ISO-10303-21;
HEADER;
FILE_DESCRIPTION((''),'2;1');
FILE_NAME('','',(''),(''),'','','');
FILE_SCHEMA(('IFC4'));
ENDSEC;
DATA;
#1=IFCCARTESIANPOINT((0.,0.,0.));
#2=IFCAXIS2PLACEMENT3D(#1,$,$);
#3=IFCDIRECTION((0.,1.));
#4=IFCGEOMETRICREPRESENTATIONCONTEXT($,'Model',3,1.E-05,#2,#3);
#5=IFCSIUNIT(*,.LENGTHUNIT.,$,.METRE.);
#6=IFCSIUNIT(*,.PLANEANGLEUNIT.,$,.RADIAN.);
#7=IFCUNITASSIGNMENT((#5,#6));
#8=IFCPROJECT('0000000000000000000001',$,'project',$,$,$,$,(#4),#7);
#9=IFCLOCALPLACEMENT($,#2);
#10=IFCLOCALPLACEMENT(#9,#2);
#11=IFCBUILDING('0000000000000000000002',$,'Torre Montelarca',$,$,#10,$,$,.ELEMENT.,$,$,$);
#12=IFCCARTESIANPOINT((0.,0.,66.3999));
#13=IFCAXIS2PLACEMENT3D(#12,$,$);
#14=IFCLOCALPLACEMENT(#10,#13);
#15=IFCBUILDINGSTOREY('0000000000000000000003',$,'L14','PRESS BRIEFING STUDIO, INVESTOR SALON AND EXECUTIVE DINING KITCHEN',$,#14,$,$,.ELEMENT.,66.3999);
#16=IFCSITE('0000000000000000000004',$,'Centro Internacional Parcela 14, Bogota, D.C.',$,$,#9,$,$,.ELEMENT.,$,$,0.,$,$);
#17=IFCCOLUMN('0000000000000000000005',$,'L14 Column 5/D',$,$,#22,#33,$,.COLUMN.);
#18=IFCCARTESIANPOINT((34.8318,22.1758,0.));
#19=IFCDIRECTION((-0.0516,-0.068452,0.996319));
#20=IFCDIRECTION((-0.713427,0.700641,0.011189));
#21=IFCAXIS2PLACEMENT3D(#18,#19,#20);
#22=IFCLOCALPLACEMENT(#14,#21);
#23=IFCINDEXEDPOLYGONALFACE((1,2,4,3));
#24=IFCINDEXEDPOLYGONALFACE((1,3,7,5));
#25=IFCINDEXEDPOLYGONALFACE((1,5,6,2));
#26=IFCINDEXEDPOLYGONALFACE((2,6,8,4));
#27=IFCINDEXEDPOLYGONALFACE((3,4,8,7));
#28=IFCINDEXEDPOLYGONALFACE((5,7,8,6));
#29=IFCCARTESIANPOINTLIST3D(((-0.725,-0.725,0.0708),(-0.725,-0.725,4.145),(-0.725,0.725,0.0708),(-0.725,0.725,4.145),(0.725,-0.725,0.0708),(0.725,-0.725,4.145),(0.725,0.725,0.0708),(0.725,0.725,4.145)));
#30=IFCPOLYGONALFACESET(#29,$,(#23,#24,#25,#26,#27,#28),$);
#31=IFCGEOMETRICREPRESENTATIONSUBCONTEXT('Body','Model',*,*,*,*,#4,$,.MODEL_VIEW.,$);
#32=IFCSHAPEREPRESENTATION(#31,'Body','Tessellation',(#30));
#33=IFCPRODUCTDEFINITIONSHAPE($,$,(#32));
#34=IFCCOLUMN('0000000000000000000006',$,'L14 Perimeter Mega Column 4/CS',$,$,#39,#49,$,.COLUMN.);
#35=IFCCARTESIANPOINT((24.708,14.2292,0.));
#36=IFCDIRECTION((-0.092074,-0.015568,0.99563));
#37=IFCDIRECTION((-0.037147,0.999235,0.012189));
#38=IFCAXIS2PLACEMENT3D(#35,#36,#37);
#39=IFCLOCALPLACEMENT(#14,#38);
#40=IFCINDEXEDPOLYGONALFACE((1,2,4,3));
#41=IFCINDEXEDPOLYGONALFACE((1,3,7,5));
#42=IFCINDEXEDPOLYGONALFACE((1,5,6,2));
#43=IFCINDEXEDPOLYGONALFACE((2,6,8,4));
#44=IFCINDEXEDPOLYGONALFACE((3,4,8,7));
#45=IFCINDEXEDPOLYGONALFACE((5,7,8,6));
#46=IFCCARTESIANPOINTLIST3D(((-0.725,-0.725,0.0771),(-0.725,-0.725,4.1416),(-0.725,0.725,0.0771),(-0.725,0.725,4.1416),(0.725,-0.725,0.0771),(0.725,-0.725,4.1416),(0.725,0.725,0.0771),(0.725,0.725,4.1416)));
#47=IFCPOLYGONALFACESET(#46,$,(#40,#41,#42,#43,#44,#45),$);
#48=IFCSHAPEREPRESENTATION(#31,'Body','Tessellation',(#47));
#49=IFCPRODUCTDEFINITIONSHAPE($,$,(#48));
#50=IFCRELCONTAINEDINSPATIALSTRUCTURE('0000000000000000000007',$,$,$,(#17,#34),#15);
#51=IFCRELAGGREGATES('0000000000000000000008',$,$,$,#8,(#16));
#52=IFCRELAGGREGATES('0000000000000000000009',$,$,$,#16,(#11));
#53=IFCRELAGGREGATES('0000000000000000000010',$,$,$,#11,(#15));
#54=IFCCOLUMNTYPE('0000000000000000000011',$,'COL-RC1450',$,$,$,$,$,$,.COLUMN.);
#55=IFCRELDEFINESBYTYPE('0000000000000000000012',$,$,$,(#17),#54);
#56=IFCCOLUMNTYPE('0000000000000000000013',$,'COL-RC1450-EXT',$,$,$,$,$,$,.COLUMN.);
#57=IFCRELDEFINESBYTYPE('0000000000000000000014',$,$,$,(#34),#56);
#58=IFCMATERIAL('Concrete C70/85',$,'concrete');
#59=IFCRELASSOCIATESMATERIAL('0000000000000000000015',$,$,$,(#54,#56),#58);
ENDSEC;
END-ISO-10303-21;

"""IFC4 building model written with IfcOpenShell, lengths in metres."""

from ifc_helpers import new_model, si_unit, direction, frame, origin, origin_2d, place, context, subcontext, project, spatial, rectangle, extrude, clip, halfspace, material, material_profile, profile_set, type_object, element, save


model = new_model("IFC4")

# Units and contexts
model_context = context("Model", 3, precision=1e-05, world=origin(), true_north=direction((0.0, 1.0)))
body_context = subcontext(model_context, "Body", "Model", "MODEL_VIEW")
ifc_project = project(units=[si_unit("LENGTHUNIT", "METRE"), si_unit("PLANEANGLEUNIT", "RADIAN")], contexts=[model_context])

# Site, building, storey
site_placement = place(None, origin())
site = spatial("IfcSite", under=ifc_project, at=site_placement, Name="Centro Internacional Parcela 14, Bogota, D.C.", CompositionType="ELEMENT", RefElevation=0.0)
building_placement = place(site_placement, origin())
building = spatial("IfcBuilding", under=site, at=building_placement, Name="Torre Montelarca", CompositionType="ELEMENT")
storey_placement = place(building_placement, frame((0.0, 0.0, 66.3999)))
storey = spatial("IfcBuildingStorey", under=building, at=storey_placement, Name="L14", Description="PRESS BRIEFING STUDIO, INVESTOR SALON AND EXECUTIVE DINING KITCHEN", CompositionType="ELEMENT", Elevation=66.3999)

# Columns
ifc_material_1 = material(Name="Concrete C70/85", Category="concrete")
ifc_material_profile_1 = material_profile(ifc_material_1, rectangle(XDim=1.45, YDim=1.45, at=origin_2d()), Name="RC1450X1450", Category="concrete")
ifc_profile_set_1 = profile_set([ifc_material_profile_1], Name="Concrete C70/85")
column_type_1 = type_object("IfcColumnType", Name="COL-RC1450", PredefinedType="COLUMN", material=ifc_profile_set_1)
column_1_placement = place(storey_placement, frame((34.8318, 22.1758, 0.0), z_axis=(-0.0516, -0.068452, 0.996319), x_axis=(-0.713427, 0.700641, 0.011189)))
element("IfcColumn", 1, at=column_1_placement, inside=storey, type_object=column_type_1, Name="L14 Column 5/D", PredefinedType="COLUMN", context=body_context, shape_type="Clipping", body=[
    clip(clip(extrude(rectangle(XDim=1.45, YDim=1.45, at=origin_2d()), origin(), (0.0, 0.0, 1.0), 4.2158), halfspace(frame((0.0, 0.0, 0.0708), z_axis=(0.0, 0.0, -1.0), x_axis=(1.0, 0.0, 0.0)), False)), halfspace(frame((0.0, 0.0, 4.145), z_axis=(0.0, 0.0, 1.0), x_axis=(1.0, 0.0, 0.0)), False)),
])
ifc_material_profile_2 = material_profile(ifc_material_1, rectangle(XDim=1.45, YDim=1.45, at=origin_2d()), Name="RC1450X1450", Category="concrete")
ifc_profile_set_2 = profile_set([ifc_material_profile_2], Name="Concrete C70/85")
column_type_2 = type_object("IfcColumnType", Name="COL-RC1450-EXT", PredefinedType="COLUMN", material=ifc_profile_set_2)
column_2_placement = place(storey_placement, frame((24.708, 14.2292, 0.0), z_axis=(-0.092074, -0.015568, 0.99563), x_axis=(-0.037147, 0.999235, 0.012189)))
element("IfcColumn", 2, at=column_2_placement, inside=storey, type_object=column_type_2, Name="L14 Perimeter Mega Column 4/CS", PredefinedType="COLUMN", context=body_context, shape_type="Clipping", body=[
    clip(clip(extrude(rectangle(XDim=1.45, YDim=1.45, at=origin_2d()), origin(), (0.0, 0.0, 1.0), 4.2188), halfspace(frame((0.0, 0.0, 0.0771), z_axis=(0.0, 0.0, -1.0), x_axis=(1.0, 0.0, 0.0)), False)), halfspace(frame((0.0, 0.0, 4.1416), z_axis=(0.0, 0.0, 1.0), x_axis=(1.0, 0.0, 0.0)), False)),
])

save(model, "model.ifc")
